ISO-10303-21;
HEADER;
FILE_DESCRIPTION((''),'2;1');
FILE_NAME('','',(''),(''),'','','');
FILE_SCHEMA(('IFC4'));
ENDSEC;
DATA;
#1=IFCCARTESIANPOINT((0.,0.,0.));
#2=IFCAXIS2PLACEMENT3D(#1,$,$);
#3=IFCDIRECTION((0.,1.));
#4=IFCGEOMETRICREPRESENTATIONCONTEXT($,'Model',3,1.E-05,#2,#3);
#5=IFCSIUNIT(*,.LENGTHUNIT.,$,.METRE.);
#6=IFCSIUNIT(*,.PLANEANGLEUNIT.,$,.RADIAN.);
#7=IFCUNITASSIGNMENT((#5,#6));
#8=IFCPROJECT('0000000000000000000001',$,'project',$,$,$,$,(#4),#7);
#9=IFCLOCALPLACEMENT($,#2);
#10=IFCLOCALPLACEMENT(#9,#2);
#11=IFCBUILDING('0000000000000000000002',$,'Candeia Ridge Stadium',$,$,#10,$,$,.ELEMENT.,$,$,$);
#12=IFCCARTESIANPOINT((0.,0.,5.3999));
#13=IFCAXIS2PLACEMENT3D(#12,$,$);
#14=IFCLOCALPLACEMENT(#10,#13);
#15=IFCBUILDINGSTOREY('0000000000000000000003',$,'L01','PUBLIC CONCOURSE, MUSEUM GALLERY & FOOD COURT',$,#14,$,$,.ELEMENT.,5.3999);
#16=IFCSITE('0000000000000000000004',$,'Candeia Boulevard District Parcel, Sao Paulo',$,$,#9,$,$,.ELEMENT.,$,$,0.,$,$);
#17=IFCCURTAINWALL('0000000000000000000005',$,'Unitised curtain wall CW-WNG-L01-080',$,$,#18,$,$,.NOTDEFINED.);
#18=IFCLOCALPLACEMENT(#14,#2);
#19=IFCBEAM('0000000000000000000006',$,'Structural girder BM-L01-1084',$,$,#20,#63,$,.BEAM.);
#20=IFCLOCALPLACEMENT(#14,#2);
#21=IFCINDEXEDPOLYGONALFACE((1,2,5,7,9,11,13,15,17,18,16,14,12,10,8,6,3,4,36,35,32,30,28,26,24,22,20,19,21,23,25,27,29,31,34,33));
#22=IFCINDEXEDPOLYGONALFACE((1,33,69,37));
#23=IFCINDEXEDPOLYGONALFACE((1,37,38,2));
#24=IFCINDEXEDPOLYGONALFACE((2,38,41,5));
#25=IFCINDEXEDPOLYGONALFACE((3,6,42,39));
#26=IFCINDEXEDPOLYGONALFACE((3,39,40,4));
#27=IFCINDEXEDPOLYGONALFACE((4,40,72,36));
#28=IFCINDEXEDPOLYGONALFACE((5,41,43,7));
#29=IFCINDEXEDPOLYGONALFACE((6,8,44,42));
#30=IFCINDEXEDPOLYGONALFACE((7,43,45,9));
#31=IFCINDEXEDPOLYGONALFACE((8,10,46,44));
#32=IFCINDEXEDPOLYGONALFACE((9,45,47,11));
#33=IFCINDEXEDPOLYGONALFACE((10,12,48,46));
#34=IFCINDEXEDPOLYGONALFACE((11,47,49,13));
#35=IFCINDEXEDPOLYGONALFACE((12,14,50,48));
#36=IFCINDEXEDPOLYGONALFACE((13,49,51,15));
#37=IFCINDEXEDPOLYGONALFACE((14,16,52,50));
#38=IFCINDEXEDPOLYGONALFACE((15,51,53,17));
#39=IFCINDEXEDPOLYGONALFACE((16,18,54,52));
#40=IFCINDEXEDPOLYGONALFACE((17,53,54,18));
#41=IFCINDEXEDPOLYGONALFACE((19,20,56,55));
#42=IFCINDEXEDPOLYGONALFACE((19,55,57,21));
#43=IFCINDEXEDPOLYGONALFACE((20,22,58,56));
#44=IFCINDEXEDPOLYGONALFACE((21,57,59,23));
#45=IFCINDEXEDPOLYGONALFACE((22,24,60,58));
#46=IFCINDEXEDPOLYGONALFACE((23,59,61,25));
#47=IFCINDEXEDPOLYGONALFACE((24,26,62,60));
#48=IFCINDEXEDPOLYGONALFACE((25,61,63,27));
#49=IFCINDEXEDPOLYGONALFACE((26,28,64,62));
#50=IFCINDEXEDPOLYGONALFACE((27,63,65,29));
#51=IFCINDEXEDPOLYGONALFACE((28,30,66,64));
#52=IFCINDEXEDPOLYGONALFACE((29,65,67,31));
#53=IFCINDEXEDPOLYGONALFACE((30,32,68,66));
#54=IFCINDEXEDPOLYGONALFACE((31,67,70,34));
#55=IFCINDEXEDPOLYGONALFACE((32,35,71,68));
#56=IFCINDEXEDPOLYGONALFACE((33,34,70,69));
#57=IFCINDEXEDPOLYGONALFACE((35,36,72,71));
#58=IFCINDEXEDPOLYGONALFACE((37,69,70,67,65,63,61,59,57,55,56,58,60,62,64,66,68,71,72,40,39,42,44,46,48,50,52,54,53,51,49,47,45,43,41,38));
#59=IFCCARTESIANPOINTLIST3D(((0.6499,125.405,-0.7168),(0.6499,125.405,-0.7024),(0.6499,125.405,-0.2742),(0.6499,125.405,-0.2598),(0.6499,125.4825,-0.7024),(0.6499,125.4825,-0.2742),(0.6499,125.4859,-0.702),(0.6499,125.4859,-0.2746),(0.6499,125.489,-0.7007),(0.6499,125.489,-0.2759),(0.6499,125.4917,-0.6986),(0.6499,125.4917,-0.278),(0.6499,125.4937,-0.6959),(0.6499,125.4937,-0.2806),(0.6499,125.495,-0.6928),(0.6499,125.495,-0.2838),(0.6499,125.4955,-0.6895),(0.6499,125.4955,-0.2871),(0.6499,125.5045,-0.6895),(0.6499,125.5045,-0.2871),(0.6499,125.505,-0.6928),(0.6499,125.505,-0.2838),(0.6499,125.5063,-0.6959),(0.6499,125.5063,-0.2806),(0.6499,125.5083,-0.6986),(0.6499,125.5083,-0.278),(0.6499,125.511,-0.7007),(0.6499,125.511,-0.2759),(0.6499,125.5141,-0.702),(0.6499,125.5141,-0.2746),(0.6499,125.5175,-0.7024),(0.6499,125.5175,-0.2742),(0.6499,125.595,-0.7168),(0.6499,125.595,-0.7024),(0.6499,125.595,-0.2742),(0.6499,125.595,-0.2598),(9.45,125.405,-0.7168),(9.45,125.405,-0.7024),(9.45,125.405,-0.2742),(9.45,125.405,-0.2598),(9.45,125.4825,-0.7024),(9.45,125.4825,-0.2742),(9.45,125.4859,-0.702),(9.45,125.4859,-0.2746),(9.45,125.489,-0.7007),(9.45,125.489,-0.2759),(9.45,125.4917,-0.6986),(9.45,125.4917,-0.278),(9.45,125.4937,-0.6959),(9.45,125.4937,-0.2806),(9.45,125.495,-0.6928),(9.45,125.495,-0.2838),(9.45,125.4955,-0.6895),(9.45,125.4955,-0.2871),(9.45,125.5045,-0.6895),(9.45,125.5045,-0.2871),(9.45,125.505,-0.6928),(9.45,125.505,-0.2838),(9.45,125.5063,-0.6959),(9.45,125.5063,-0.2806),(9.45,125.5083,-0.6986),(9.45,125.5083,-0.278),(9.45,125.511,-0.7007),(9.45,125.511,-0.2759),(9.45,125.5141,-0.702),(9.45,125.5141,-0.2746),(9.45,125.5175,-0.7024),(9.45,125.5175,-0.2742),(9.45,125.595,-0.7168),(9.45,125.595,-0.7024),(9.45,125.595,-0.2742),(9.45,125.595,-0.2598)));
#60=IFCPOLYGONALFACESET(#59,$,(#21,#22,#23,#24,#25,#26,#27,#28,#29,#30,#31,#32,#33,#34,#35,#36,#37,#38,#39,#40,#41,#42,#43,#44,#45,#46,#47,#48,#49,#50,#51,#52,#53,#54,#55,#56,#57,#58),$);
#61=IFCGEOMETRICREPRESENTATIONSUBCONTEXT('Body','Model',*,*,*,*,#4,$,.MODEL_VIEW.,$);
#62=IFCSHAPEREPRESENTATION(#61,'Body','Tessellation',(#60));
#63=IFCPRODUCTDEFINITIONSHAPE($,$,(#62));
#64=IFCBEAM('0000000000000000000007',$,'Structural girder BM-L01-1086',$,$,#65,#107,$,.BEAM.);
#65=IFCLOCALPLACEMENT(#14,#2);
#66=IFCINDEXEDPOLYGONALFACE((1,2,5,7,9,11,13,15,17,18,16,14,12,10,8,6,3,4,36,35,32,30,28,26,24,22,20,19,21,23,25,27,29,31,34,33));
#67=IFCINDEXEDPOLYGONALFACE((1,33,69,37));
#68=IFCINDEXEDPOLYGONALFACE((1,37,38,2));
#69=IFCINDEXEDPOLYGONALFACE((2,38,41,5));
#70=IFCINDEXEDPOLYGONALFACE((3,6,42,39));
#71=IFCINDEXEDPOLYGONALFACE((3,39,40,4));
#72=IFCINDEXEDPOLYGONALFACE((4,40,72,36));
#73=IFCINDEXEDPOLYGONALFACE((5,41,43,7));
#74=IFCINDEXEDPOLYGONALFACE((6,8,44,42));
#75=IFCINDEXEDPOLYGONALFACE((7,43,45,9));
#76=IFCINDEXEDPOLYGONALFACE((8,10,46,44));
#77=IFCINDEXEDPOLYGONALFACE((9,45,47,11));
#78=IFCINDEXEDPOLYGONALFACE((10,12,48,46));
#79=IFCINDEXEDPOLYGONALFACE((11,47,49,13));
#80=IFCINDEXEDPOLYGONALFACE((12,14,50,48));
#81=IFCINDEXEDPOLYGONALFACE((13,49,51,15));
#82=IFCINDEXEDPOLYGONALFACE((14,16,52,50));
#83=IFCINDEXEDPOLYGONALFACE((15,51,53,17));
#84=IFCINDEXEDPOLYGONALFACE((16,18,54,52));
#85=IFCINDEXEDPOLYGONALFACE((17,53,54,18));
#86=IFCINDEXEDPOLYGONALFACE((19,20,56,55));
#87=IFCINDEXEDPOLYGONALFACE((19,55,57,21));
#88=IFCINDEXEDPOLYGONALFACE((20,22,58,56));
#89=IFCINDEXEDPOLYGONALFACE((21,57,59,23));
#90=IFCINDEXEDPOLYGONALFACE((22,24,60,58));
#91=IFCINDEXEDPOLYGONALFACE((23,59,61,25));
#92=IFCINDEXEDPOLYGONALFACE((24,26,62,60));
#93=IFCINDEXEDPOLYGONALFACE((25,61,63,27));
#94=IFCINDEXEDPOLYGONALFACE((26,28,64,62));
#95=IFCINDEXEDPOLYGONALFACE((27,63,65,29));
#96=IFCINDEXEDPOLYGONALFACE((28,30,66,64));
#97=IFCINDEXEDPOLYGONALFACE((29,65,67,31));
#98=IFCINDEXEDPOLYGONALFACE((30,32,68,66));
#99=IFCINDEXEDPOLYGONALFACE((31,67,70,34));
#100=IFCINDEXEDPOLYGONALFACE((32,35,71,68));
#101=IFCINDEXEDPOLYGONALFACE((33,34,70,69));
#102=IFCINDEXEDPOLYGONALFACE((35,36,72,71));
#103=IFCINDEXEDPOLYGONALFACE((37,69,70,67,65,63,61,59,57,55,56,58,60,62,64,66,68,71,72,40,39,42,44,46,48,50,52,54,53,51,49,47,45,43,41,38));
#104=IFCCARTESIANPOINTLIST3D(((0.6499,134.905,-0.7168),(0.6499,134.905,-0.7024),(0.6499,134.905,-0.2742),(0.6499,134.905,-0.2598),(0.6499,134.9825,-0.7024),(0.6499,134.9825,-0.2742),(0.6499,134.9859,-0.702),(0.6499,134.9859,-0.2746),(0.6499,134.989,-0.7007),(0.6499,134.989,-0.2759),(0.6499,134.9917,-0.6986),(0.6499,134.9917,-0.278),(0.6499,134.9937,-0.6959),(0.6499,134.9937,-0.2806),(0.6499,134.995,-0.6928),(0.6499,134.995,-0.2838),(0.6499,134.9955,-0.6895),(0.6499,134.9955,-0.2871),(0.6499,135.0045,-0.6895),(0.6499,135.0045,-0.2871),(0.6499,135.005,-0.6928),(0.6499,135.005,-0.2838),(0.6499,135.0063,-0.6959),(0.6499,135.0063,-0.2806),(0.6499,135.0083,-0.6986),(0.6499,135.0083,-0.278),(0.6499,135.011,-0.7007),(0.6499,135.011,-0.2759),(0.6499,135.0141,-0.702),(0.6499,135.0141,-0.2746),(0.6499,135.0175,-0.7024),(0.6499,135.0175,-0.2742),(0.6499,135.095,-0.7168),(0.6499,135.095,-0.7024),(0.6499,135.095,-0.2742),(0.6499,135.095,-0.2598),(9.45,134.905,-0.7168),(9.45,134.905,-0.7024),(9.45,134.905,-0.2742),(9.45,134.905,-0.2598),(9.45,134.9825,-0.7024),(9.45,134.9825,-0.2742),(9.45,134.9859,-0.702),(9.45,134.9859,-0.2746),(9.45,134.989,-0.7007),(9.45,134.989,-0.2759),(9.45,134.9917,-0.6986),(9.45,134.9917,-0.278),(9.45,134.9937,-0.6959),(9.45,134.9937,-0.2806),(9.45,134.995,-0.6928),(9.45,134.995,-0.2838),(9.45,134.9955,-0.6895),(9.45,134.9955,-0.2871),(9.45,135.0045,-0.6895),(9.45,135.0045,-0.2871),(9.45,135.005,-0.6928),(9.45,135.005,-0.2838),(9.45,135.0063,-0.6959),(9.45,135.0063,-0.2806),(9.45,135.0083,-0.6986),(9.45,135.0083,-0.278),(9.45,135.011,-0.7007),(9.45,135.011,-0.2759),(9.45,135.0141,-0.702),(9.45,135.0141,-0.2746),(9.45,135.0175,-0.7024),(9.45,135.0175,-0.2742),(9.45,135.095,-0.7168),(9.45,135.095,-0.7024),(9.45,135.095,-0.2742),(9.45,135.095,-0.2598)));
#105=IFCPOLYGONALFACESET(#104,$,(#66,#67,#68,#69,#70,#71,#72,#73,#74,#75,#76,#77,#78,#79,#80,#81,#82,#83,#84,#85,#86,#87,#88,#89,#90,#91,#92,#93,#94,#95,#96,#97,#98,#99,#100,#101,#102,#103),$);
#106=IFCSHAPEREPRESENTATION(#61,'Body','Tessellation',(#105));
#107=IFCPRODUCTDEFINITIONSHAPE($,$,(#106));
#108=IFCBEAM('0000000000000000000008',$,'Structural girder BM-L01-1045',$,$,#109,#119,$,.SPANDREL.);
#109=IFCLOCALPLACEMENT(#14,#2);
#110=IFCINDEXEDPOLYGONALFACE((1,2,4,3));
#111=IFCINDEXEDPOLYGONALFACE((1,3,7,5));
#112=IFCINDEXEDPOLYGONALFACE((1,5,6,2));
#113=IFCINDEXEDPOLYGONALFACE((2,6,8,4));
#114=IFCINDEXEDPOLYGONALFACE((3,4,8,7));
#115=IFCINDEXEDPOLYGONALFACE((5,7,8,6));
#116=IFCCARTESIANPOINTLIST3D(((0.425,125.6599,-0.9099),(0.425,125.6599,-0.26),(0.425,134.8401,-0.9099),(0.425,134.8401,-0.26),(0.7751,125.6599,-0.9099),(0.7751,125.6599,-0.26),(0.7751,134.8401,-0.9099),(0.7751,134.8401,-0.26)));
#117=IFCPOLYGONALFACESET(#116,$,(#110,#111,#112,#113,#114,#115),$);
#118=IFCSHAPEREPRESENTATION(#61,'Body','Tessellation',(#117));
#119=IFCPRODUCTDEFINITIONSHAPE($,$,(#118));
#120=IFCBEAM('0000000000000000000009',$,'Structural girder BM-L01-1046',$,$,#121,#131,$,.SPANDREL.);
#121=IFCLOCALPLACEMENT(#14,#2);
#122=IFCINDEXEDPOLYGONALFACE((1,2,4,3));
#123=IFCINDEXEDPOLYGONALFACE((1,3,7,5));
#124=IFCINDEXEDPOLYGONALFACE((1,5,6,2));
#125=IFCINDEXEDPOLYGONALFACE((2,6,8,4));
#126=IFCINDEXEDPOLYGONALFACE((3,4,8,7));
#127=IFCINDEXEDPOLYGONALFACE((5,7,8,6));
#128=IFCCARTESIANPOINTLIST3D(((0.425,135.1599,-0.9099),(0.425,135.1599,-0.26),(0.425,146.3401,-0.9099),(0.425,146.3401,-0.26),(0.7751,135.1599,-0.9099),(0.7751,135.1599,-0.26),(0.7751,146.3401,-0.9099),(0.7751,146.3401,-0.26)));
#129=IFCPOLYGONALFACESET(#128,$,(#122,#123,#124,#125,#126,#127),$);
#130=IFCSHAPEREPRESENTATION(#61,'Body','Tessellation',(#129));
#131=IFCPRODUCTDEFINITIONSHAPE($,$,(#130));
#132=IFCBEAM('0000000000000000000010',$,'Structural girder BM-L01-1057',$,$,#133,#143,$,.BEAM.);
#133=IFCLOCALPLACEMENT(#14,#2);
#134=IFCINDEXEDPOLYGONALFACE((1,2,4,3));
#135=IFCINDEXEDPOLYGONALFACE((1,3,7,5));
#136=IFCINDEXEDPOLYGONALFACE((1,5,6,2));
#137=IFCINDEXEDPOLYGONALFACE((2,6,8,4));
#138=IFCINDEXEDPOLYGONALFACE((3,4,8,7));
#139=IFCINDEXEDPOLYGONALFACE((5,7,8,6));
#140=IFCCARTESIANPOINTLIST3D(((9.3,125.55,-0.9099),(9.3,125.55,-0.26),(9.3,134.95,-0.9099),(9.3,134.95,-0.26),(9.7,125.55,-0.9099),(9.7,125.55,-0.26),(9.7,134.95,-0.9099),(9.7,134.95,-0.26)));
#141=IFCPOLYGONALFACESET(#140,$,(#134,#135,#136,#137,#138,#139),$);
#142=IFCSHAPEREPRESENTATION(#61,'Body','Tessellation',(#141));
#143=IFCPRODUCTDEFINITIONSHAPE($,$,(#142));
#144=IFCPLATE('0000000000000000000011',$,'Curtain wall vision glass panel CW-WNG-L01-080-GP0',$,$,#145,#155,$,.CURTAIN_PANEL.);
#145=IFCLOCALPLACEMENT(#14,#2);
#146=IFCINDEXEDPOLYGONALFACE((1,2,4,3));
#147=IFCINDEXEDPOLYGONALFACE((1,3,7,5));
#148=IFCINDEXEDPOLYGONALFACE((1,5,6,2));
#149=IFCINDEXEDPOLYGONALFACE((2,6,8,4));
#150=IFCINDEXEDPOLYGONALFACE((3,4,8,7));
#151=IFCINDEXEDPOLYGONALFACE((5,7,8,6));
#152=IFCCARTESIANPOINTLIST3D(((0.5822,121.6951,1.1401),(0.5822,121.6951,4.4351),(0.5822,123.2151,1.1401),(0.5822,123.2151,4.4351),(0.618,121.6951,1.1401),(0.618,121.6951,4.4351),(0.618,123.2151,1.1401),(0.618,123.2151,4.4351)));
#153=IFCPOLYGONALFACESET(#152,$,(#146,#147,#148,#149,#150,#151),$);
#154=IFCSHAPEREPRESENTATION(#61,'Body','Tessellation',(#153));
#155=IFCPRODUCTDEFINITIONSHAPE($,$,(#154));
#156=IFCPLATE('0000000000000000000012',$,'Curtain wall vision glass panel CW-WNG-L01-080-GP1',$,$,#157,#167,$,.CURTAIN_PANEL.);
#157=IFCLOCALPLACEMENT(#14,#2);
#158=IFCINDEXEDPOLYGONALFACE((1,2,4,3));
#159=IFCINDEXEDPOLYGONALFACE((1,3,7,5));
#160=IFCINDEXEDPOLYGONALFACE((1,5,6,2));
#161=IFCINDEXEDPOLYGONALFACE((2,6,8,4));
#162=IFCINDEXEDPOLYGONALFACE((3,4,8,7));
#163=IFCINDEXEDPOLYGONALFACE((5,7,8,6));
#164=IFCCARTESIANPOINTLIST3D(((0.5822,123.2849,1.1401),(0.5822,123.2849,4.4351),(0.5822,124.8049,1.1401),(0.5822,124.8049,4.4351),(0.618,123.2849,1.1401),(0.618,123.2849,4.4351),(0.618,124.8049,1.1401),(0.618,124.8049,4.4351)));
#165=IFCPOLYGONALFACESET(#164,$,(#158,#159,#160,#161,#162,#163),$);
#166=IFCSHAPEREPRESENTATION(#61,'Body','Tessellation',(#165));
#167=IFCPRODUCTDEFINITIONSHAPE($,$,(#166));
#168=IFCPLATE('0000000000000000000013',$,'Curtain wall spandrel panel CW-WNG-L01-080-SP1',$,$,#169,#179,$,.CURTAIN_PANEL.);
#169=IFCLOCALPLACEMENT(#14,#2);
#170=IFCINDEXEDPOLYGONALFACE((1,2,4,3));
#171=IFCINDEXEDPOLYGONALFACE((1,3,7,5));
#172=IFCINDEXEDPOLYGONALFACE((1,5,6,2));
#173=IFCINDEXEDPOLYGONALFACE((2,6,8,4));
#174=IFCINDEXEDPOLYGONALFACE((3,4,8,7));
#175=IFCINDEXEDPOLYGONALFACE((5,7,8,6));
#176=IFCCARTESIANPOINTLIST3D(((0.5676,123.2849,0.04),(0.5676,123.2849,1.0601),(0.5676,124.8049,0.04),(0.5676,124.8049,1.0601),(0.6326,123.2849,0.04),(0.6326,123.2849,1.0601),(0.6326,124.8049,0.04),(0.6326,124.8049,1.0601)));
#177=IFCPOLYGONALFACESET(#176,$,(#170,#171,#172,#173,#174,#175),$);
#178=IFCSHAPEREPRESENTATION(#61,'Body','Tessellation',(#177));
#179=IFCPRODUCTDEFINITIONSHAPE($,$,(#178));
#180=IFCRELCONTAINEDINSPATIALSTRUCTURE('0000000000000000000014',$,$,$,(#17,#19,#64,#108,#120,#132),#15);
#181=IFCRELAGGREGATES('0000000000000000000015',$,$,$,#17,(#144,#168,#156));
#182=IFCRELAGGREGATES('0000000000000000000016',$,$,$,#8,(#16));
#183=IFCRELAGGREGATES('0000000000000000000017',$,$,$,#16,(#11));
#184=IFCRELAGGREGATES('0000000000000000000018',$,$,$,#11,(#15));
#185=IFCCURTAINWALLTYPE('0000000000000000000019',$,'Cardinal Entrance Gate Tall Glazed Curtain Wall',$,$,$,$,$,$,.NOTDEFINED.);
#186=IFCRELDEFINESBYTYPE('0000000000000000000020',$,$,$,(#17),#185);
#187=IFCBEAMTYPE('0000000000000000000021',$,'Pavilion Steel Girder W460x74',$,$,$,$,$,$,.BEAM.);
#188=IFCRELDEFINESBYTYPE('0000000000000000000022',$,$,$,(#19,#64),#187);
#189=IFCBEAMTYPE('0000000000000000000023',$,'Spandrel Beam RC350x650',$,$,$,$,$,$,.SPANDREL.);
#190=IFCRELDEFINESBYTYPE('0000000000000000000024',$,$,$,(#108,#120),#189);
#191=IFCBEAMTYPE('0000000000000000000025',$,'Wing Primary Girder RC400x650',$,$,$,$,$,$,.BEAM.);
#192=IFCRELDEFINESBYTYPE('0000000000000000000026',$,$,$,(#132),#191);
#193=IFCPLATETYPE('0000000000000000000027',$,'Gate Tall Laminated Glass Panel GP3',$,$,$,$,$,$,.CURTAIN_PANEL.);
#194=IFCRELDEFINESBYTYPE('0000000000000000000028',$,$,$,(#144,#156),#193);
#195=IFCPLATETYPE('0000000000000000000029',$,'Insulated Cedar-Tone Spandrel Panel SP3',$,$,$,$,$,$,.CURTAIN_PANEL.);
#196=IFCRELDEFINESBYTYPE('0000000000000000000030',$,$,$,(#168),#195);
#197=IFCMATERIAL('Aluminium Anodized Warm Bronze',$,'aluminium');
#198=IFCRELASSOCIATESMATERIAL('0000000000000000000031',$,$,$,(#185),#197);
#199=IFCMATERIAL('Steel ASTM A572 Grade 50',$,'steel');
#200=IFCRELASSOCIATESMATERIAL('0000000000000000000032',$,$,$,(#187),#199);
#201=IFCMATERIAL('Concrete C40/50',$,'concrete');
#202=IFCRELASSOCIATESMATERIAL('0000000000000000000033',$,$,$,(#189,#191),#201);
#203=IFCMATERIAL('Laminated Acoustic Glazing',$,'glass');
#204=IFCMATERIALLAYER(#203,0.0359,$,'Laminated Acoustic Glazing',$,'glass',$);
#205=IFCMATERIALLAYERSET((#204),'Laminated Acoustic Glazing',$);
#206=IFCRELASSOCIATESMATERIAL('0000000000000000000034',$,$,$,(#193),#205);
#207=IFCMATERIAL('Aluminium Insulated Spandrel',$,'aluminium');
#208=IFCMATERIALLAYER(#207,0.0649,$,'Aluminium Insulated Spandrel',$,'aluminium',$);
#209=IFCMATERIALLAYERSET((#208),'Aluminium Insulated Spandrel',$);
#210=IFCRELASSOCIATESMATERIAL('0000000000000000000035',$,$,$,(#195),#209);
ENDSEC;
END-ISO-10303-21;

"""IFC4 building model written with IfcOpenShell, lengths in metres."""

from ifc_helpers import new_model, si_unit, direction, frame, origin, origin_2d, place, context, subcontext, project, spatial, rectangle, i_section, extrude, material, layer, layer_set, material_profile, profile_set, type_object, element, aggregate, save


model = new_model("IFC4")

# Units and contexts
model_context = context("Model", 3, precision=1e-05, world=origin(), true_north=direction((0.0, 1.0)))
body_context = subcontext(model_context, "Body", "Model", "MODEL_VIEW")
ifc_project = project(units=[si_unit("LENGTHUNIT", "METRE"), si_unit("PLANEANGLEUNIT", "RADIAN")], contexts=[model_context])

# Site, building, storey
site_placement = place(None, origin())
site = spatial("IfcSite", under=ifc_project, at=site_placement, Name="Candeia Boulevard District Parcel, Sao Paulo", CompositionType="ELEMENT", RefElevation=0.0)
building_placement = place(site_placement, origin())
building = spatial("IfcBuilding", under=site, at=building_placement, Name="Candeia Ridge Stadium", CompositionType="ELEMENT")
storey_placement = place(building_placement, frame((0.0, 0.0, 5.3999)))
storey = spatial("IfcBuildingStorey", under=building, at=storey_placement, Name="L01", Description="PUBLIC CONCOURSE, MUSEUM GALLERY & FOOD COURT", CompositionType="ELEMENT", Elevation=5.3999)

# Shared definitions
ifc_material_1 = material(Name="Concrete C40/50", Category="concrete")

# Curtain wall
ifc_material_2 = material(Name="Aluminium Anodized Warm Bronze", Category="aluminium")
curtain_wall_type = type_object("IfcCurtainWallType", Name="Cardinal Entrance Gate Tall Glazed Curtain Wall", PredefinedType="NOTDEFINED", material=ifc_material_2)
curtain_wall_placement = place(storey_placement, origin())
curtain_wall = element("IfcCurtainWall", 1, at=curtain_wall_placement, inside=storey, type_object=curtain_wall_type, Name="Unitised curtain wall CW-WNG-L01-080", PredefinedType="NOTDEFINED")

# Beams
ifc_material_3 = material(Name="Steel ASTM A572 Grade 50", Category="steel")
ifc_material_profile_1 = material_profile(ifc_material_3, i_section(OverallWidth=0.1899, OverallDepth=0.457, WebThickness=0.009, FlangeThickness=0.0144, FilletRadius=0.0129, at=origin_2d()), Name="W460x74", Category="steel")
ifc_profile_set_1 = profile_set([ifc_material_profile_1], Name="Steel ASTM A572 Grade 50")
beam_type_1 = type_object("IfcBeamType", Name="Pavilion Steel Girder W460x74", PredefinedType="BEAM", material=ifc_profile_set_1)
for number, where, z_axis, x_axis, name in (
    (2, (0.6499, 125.5, -0.4883), (1.0, 0.0, 0.0), (0.0, 1.0, 0.0), "Structural girder BM-L01-1084"),
    (3, (0.6499, 135.0, -0.4883), (1.0, 0.0, 0.0), (0.0, 1.0, 0.0), "Structural girder BM-L01-1086"),
):
    element("IfcBeam", number, at=place(storey_placement, frame(where, z_axis=z_axis, x_axis=x_axis)), inside=storey, type_object=beam_type_1, Name=name, PredefinedType="BEAM", context=body_context, shape_type="SweptSolid", body=[
        extrude(i_section(OverallWidth=0.1899, OverallDepth=0.457, WebThickness=0.009, FlangeThickness=0.0144, FilletRadius=0.0129, at=origin_2d()), origin(), (0.0, 0.0, 1.0), 8.8),
    ])
ifc_material_profile_2 = material_profile(ifc_material_1, rectangle(XDim=0.3501, YDim=0.6499, at=origin_2d()), Name="RC350x650", Category="concrete")
ifc_profile_set_2 = profile_set([ifc_material_profile_2], Name="Concrete C40/50")
beam_type_2 = type_object("IfcBeamType", Name="Spandrel Beam RC350x650", PredefinedType="SPANDREL", material=ifc_profile_set_2)
beam_1_placement = place(storey_placement, frame((0.6001, 125.6599, -0.585), z_axis=(0.0, 1.0, 0.0), x_axis=(-1.0, 0.0, 0.0)))
element("IfcBeam", 4, at=beam_1_placement, inside=storey, type_object=beam_type_2, Name="Structural girder BM-L01-1045", PredefinedType="SPANDREL", context=body_context, shape_type="SweptSolid", body=[
    extrude(rectangle(XDim=0.3501, YDim=0.6499, at=origin_2d()), origin(), (0.0, 0.0, 1.0), 9.1802),
])
beam_2_placement = place(storey_placement, frame((0.6001, 135.1599, -0.585), z_axis=(0.0, 1.0, 0.0), x_axis=(-1.0, 0.0, 0.0)))
element("IfcBeam", 5, at=beam_2_placement, inside=storey, type_object=beam_type_2, Name="Structural girder BM-L01-1046", PredefinedType="SPANDREL", context=body_context, shape_type="SweptSolid", body=[
    extrude(rectangle(XDim=0.3501, YDim=0.6499, at=origin_2d()), origin(), (0.0, 0.0, 1.0), 11.1802),
])
ifc_material_profile_3 = material_profile(ifc_material_1, rectangle(XDim=0.3999, YDim=0.6499, at=origin_2d()), Name="RC400x650", Category="concrete")
ifc_profile_set_3 = profile_set([ifc_material_profile_3], Name="Concrete C40/50")
beam_type_3 = type_object("IfcBeamType", Name="Wing Primary Girder RC400x650", PredefinedType="BEAM", material=ifc_profile_set_3)
beam_3_placement = place(storey_placement, frame((9.5, 125.55, -0.585), z_axis=(0.0, 1.0, 0.0), x_axis=(-1.0, 0.0, 0.0)))
element("IfcBeam", 6, at=beam_3_placement, inside=storey, type_object=beam_type_3, Name="Structural girder BM-L01-1057", PredefinedType="BEAM", context=body_context, shape_type="SweptSolid", body=[
    extrude(rectangle(XDim=0.3999, YDim=0.6499, at=origin_2d()), origin(), (0.0, 0.0, 1.0), 9.3999),
])

# Plates
ifc_material_4 = material(Name="Laminated Acoustic Glazing", Category="glass")
ifc_layer_1 = layer(ifc_material_4, 0.0359, Name="Laminated Acoustic Glazing", Category="glass")
ifc_layer_set_1 = layer_set([ifc_layer_1], Name="Laminated Acoustic Glazing")
plate_type_1 = type_object("IfcPlateType", Name="Gate Tall Laminated Glass Panel GP3", PredefinedType="CURTAIN_PANEL", material=ifc_layer_set_1)
plate_1_placement = place(storey_placement, frame((0.6001, 122.4551, 1.1401), z_axis=(0.0, 0.0, 1.0), x_axis=(0.0, 1.0, 0.0)))
plate_1 = element("IfcPlate", 7, at=plate_1_placement, type_object=plate_type_1, Name="Curtain wall vision glass panel CW-WNG-L01-080-GP0", PredefinedType="CURTAIN_PANEL", context=body_context, shape_type="SweptSolid", body=[
    extrude(rectangle(XDim=1.52, YDim=0.0359, at=origin_2d()), origin(), (0.0, 0.0, 1.0), 3.2949),
])
plate_2_placement = place(storey_placement, frame((0.6001, 124.0449, 1.1401), z_axis=(0.0, 0.0, 1.0), x_axis=(0.0, 1.0, 0.0)))
plate_2 = element("IfcPlate", 8, at=plate_2_placement, type_object=plate_type_1, Name="Curtain wall vision glass panel CW-WNG-L01-080-GP1", PredefinedType="CURTAIN_PANEL", context=body_context, shape_type="SweptSolid", body=[
    extrude(rectangle(XDim=1.52, YDim=0.0359, at=origin_2d()), origin(), (0.0, 0.0, 1.0), 3.2949),
])
ifc_material_5 = material(Name="Aluminium Insulated Spandrel", Category="aluminium")
ifc_layer_2 = layer(ifc_material_5, 0.0649, Name="Aluminium Insulated Spandrel", Category="aluminium")
ifc_layer_set_2 = layer_set([ifc_layer_2], Name="Aluminium Insulated Spandrel")
plate_type_2 = type_object("IfcPlateType", Name="Insulated Cedar-Tone Spandrel Panel SP3", PredefinedType="CURTAIN_PANEL", material=ifc_layer_set_2)
plate_3_placement = place(storey_placement, frame((0.6001, 124.0449, 0.04), z_axis=(0.0, 0.0, 1.0), x_axis=(0.0, 1.0, 0.0)))
plate_3 = element("IfcPlate", 9, at=plate_3_placement, type_object=plate_type_2, Name="Curtain wall spandrel panel CW-WNG-L01-080-SP1", PredefinedType="CURTAIN_PANEL", context=body_context, shape_type="SweptSolid", body=[
    extrude(rectangle(XDim=1.52, YDim=0.0649, at=origin_2d()), origin(), (0.0, 0.0, 1.0), 1.02),
])
aggregate(curtain_wall, [plate_1, plate_3, plate_2])

save(model, "model.ifc")
